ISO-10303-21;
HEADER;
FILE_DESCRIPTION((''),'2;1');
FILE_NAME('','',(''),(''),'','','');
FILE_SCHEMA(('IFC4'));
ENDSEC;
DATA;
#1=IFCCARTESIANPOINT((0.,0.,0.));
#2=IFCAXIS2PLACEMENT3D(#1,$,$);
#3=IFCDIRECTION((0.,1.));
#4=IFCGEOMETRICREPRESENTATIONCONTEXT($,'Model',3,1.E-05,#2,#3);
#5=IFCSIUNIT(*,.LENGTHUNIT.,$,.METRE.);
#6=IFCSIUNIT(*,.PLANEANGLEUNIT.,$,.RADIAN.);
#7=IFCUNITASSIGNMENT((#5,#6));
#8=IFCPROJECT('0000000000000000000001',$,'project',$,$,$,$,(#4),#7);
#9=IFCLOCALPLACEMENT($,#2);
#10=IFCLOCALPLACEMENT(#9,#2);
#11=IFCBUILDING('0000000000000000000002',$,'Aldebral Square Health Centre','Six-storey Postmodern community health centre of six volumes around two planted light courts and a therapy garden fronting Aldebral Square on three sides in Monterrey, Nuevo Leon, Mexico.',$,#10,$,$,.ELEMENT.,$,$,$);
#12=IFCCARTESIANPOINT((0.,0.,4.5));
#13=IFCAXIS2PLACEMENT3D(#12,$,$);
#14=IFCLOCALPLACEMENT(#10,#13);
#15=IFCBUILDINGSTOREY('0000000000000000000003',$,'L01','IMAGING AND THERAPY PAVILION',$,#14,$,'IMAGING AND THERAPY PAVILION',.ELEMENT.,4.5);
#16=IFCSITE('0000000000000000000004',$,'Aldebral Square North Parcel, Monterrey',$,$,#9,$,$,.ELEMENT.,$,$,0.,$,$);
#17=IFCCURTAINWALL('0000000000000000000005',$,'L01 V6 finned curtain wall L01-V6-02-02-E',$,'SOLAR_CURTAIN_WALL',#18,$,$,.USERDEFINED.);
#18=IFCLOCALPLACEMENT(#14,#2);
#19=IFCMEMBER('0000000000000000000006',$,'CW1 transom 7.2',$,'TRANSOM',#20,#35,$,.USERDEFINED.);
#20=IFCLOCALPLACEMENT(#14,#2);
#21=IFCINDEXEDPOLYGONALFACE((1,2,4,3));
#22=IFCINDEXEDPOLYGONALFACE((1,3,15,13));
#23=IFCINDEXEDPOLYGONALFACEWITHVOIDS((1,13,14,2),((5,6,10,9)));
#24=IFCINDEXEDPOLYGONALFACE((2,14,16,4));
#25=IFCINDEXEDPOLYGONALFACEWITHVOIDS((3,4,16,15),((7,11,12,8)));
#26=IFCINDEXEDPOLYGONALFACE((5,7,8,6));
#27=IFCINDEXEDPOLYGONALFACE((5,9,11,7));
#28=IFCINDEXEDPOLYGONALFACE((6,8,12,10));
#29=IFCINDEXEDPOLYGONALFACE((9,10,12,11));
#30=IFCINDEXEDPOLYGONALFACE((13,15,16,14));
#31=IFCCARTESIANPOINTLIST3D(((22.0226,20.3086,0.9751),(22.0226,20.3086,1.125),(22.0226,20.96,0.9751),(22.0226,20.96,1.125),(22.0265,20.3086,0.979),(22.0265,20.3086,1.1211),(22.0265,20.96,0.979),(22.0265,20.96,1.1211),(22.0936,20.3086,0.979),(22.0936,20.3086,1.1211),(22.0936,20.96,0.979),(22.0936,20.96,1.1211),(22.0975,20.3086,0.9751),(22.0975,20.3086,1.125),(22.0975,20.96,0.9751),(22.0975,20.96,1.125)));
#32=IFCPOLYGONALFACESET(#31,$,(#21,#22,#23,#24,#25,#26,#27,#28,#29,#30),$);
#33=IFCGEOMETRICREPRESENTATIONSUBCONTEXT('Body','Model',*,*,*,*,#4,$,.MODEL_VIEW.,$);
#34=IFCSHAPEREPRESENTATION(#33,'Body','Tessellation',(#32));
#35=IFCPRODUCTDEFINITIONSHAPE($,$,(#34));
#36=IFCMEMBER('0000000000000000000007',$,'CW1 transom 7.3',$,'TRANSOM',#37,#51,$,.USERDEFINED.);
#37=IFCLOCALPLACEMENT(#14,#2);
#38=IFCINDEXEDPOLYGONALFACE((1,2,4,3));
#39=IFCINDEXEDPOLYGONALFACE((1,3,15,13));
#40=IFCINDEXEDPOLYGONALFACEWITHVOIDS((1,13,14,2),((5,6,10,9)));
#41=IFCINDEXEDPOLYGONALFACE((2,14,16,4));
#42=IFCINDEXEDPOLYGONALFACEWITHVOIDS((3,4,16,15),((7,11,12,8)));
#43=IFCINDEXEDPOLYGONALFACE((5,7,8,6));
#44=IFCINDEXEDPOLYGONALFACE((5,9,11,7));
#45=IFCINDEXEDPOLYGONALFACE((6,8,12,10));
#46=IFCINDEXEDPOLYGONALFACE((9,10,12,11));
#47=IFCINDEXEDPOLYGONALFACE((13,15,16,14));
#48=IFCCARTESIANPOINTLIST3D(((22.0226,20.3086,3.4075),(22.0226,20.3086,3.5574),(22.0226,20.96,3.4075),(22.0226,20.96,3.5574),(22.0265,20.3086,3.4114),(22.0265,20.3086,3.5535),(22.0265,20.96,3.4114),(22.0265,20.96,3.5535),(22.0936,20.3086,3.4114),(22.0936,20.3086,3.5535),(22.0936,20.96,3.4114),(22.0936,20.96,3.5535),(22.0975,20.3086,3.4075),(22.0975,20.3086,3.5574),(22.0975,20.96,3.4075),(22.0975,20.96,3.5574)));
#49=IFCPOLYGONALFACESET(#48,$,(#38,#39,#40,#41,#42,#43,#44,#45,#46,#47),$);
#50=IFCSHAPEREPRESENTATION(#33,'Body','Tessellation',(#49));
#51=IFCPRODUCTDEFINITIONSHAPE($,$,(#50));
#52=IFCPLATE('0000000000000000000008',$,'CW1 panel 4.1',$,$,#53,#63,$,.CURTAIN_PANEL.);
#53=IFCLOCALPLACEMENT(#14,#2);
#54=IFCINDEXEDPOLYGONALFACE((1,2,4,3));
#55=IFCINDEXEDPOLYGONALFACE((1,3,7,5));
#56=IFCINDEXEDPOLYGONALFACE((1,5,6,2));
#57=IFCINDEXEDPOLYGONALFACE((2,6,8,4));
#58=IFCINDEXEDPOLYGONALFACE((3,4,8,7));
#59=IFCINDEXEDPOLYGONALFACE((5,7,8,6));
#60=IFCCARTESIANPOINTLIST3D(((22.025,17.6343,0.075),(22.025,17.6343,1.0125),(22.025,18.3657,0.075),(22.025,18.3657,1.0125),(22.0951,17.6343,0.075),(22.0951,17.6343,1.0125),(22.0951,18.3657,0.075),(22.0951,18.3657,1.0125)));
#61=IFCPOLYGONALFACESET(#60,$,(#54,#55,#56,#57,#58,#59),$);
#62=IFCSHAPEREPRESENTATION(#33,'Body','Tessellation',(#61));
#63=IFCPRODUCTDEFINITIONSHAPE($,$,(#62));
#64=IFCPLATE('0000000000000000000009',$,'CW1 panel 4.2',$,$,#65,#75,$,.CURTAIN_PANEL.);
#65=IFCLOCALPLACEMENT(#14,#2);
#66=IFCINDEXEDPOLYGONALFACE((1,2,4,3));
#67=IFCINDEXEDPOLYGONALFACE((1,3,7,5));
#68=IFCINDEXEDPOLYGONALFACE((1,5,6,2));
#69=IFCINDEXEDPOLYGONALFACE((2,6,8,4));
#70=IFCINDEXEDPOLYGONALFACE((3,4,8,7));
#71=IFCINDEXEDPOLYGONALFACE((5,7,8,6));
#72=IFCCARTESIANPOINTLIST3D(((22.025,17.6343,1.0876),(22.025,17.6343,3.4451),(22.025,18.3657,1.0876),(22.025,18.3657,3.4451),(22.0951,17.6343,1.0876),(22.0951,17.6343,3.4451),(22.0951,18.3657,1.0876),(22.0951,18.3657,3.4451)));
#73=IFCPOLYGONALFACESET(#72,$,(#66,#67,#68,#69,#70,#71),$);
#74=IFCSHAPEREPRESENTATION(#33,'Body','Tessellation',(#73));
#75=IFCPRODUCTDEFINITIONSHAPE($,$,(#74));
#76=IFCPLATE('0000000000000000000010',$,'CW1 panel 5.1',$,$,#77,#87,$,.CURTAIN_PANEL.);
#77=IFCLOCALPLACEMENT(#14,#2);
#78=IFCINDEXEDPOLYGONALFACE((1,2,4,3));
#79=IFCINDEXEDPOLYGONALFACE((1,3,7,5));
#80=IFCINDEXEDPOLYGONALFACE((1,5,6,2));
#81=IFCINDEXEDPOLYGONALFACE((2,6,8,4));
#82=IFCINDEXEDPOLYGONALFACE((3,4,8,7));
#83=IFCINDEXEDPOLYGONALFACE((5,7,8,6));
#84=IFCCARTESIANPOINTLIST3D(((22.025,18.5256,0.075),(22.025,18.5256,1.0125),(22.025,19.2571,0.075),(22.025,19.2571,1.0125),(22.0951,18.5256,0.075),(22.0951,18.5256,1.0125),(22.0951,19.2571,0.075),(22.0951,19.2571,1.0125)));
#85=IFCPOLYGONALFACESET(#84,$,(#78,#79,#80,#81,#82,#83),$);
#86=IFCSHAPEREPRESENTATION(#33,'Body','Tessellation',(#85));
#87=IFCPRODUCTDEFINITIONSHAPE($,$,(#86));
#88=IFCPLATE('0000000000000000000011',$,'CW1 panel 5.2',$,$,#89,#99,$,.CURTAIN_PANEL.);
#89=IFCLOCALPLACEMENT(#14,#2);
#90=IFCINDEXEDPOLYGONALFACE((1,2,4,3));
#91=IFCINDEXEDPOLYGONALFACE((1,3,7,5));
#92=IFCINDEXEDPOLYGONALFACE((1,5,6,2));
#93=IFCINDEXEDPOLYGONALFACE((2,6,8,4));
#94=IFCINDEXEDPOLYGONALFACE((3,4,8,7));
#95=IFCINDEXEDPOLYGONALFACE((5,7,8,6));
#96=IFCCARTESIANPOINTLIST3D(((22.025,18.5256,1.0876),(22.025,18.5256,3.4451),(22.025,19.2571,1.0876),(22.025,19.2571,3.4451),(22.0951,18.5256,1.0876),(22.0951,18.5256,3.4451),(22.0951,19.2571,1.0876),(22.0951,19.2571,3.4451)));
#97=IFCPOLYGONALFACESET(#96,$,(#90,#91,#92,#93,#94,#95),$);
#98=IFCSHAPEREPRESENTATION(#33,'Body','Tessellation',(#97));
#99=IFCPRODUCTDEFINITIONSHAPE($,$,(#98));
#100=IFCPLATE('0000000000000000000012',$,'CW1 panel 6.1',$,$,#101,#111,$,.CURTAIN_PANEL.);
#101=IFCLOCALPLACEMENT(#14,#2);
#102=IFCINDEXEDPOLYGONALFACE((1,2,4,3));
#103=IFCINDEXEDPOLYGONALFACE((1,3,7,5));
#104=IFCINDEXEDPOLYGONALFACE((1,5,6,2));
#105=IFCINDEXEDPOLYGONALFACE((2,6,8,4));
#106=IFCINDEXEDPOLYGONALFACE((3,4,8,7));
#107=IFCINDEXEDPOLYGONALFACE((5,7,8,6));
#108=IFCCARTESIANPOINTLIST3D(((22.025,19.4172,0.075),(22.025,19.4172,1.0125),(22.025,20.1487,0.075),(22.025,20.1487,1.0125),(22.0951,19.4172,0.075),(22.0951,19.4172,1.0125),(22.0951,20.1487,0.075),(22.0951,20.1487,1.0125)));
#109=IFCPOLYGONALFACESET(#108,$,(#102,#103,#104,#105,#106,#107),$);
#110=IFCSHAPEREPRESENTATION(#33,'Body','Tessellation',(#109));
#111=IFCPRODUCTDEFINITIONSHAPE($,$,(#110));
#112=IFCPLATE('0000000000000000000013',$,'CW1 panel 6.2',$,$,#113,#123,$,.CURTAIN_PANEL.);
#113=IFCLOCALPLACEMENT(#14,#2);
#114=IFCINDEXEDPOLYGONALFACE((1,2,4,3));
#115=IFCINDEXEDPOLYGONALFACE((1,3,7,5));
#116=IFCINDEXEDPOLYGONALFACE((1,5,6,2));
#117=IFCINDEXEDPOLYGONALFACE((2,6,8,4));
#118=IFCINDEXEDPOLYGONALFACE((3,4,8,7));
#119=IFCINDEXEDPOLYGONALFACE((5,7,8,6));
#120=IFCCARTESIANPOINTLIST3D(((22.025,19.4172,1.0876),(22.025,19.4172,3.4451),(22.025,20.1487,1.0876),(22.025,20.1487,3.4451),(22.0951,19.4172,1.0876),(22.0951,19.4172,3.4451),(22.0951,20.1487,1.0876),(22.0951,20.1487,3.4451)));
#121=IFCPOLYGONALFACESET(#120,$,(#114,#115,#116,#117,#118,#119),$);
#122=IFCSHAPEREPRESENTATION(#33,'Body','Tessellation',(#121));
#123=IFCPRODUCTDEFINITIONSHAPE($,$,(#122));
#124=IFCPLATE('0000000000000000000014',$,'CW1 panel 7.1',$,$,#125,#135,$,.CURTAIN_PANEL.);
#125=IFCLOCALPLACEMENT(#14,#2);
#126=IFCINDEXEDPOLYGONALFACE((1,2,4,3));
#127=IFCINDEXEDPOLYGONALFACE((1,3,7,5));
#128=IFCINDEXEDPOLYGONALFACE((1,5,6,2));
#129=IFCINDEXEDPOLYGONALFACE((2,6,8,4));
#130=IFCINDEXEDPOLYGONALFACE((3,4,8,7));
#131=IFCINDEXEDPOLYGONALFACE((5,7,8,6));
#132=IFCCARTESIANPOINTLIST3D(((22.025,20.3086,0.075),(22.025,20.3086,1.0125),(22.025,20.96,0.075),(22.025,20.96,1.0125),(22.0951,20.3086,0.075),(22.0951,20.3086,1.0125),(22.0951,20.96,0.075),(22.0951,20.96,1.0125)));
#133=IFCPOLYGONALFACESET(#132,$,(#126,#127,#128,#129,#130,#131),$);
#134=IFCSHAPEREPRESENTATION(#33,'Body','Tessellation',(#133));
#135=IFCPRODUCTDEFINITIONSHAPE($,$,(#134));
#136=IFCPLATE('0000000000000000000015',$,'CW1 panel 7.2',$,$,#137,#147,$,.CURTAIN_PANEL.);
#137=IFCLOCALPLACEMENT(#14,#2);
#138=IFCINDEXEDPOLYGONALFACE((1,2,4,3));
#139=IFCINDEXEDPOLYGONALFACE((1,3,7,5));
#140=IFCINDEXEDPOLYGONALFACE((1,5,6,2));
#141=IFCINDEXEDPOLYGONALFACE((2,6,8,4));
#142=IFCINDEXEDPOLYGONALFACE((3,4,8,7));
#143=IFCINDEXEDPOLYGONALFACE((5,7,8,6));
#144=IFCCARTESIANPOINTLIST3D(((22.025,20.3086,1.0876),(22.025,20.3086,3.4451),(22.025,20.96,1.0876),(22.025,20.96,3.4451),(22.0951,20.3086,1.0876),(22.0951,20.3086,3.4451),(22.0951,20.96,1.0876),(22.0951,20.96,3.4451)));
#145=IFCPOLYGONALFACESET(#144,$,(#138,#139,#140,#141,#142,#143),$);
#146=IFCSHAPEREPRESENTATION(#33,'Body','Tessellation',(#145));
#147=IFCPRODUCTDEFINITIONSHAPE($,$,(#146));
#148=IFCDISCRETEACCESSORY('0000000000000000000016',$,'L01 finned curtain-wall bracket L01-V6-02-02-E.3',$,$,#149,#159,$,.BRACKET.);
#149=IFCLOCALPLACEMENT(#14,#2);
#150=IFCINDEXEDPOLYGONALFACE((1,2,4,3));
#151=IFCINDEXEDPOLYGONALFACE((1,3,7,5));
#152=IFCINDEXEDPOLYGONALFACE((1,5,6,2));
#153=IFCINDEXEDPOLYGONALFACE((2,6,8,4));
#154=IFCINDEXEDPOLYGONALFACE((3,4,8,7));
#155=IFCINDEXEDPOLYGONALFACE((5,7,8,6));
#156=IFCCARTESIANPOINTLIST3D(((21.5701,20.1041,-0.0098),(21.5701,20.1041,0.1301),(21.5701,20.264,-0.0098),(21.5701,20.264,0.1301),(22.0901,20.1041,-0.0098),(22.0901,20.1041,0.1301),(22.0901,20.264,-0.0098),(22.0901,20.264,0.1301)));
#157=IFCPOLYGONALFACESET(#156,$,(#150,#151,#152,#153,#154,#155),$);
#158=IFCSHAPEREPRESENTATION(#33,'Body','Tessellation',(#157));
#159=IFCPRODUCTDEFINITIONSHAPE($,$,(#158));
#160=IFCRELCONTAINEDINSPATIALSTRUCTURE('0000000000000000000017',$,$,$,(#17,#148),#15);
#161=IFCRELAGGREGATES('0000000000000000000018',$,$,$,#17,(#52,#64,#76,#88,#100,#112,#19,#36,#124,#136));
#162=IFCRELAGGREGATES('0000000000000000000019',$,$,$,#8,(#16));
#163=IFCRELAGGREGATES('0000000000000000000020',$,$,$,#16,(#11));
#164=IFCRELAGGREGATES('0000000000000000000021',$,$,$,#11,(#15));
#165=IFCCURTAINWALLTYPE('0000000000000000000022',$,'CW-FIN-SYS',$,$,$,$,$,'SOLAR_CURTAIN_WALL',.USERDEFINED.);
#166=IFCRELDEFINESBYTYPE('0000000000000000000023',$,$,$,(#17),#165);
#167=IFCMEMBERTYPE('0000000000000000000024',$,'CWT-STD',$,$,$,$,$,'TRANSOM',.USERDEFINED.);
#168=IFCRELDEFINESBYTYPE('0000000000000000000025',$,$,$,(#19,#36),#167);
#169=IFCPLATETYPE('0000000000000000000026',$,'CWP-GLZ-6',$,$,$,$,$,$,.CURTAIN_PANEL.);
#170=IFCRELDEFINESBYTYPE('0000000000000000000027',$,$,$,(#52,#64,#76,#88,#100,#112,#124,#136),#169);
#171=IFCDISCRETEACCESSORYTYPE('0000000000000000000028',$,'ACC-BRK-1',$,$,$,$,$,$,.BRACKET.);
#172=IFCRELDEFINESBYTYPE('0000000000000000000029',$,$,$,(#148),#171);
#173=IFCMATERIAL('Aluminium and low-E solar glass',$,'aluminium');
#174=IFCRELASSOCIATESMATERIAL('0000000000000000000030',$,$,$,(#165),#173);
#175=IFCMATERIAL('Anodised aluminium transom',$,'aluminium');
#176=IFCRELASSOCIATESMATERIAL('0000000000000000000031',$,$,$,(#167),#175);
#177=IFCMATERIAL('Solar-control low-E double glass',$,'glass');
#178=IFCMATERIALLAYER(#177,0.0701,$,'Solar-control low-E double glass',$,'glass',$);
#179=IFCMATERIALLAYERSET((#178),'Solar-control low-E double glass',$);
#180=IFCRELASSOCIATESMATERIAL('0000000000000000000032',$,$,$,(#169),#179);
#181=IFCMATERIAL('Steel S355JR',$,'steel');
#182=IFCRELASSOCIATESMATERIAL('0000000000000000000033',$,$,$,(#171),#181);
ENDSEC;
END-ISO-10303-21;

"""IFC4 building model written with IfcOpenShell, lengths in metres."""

from ifc_helpers import new_model, si_unit, direction, frame, origin, origin_2d, place, context, subcontext, project, spatial, rectangle, hollow_rectangle, extrude, material, layer, layer_set, material_profile, profile_set, type_object, element, aggregate, save


model = new_model("IFC4")

# Units and contexts
model_context = context("Model", 3, precision=1e-05, world=origin(), true_north=direction((0.0, 1.0)))
body_context = subcontext(model_context, "Body", "Model", "MODEL_VIEW")
ifc_project = project(units=[si_unit("LENGTHUNIT", "METRE"), si_unit("PLANEANGLEUNIT", "RADIAN")], contexts=[model_context])

# Site, building, storey
site_placement = place(None, origin())
site = spatial("IfcSite", under=ifc_project, at=site_placement, Name="Aldebral Square North Parcel, Monterrey", CompositionType="ELEMENT", RefElevation=0.0)
building_placement = place(site_placement, origin())
building = spatial("IfcBuilding", under=site, at=building_placement, Name="Aldebral Square Health Centre", Description="Six-storey Postmodern community health centre of six volumes around two planted light courts and a therapy garden fronting Aldebral Square on three sides in Monterrey, Nuevo Leon, Mexico.", CompositionType="ELEMENT")
storey_placement = place(building_placement, frame((0.0, 0.0, 4.5)))
storey = spatial("IfcBuildingStorey", under=building, at=storey_placement, Name="L01", Description="IMAGING AND THERAPY PAVILION", LongName="IMAGING AND THERAPY PAVILION", CompositionType="ELEMENT", Elevation=4.5)

# Curtain wall, members, plates
ifc_material_1 = material(Name="Aluminium and low-E solar glass", Category="aluminium")
curtain_wall_type = type_object("IfcCurtainWallType", Name="CW-FIN-SYS", ElementType="SOLAR_CURTAIN_WALL", PredefinedType="USERDEFINED", material=ifc_material_1)
curtain_wall_placement = place(storey_placement, origin())
curtain_wall = element("IfcCurtainWall", 1, at=curtain_wall_placement, inside=storey, type_object=curtain_wall_type, Name="L01 V6 finned curtain wall L01-V6-02-02-E", ObjectType="SOLAR_CURTAIN_WALL", PredefinedType="USERDEFINED")
ifc_material_2 = material(Name="Anodised aluminium transom", Category="aluminium")
ifc_material_profile_1 = material_profile(ifc_material_2, hollow_rectangle(XDim=0.075, YDim=0.1499, WallThickness=0.0039, at=origin_2d()), Name="CWT 75x150x4")
ifc_profile_set_1 = profile_set([ifc_material_profile_1], Name="Anodised aluminium transom")
member_type_1 = type_object("IfcMemberType", Name="CWT-STD", ElementType="TRANSOM", PredefinedType="USERDEFINED", material=ifc_profile_set_1)
member_1_placement = place(storey_placement, frame((22.0601, 20.3086, 1.05), z_axis=(0.0, 1.0, 0.0), x_axis=(-1.0, 0.0, 0.0)))
member_1 = element("IfcMember", 2, at=member_1_placement, type_object=member_type_1, Name="CW1 transom 7.2", ObjectType="TRANSOM", PredefinedType="USERDEFINED", context=body_context, shape_type="SweptSolid", body=[
    extrude(hollow_rectangle(XDim=0.075, YDim=0.1499, WallThickness=0.0039, at=origin_2d()), origin(), (0.0, 0.0, 1.0), 0.6514),
])
member_2_placement = place(storey_placement, frame((22.0601, 20.3086, 3.4824), z_axis=(0.0, 1.0, 0.0), x_axis=(-1.0, 0.0, 0.0)))
member_2 = element("IfcMember", 3, at=member_2_placement, type_object=member_type_1, Name="CW1 transom 7.3", ObjectType="TRANSOM", PredefinedType="USERDEFINED", context=body_context, shape_type="SweptSolid", body=[
    extrude(hollow_rectangle(XDim=0.075, YDim=0.1499, WallThickness=0.0039, at=origin_2d()), origin(), (0.0, 0.0, 1.0), 0.6514),
])
ifc_material_3 = material(Name="Solar-control low-E double glass", Category="glass")
ifc_layer = layer(ifc_material_3, 0.0701, Name="Solar-control low-E double glass", Category="glass")
ifc_layer_set = layer_set([ifc_layer], Name="Solar-control low-E double glass")
plate_type = type_object("IfcPlateType", Name="CWP-GLZ-6", PredefinedType="CURTAIN_PANEL", material=ifc_layer_set)
plate_1_placement = place(storey_placement, frame((22.0601, 18.0, 0.075), z_axis=(0.0, 0.0, 1.0), x_axis=(0.0, 1.0, 0.0)))
plate_1 = element("IfcPlate", 4, at=plate_1_placement, type_object=plate_type, Name="CW1 panel 4.1", PredefinedType="CURTAIN_PANEL", context=body_context, shape_type="SweptSolid", body=[
    extrude(rectangle(XDim=0.7314, YDim=0.0701, at=origin_2d()), origin(), (0.0, 0.0, 1.0), 0.9375),
])
plate_2_placement = place(storey_placement, frame((22.0601, 18.0, 1.0876), z_axis=(0.0, 0.0, 1.0), x_axis=(0.0, 1.0, 0.0)))
plate_2 = element("IfcPlate", 5, at=plate_2_placement, type_object=plate_type, Name="CW1 panel 4.2", PredefinedType="CURTAIN_PANEL", context=body_context, shape_type="SweptSolid", body=[
    extrude(rectangle(XDim=0.7314, YDim=0.0701, at=origin_2d()), origin(), (0.0, 0.0, 1.0), 2.3574),
])
plate_3_placement = place(storey_placement, frame((22.0601, 18.8914, 0.075), z_axis=(0.0, 0.0, 1.0), x_axis=(0.0, 1.0, 0.0)))
plate_3 = element("IfcPlate", 6, at=plate_3_placement, type_object=plate_type, Name="CW1 panel 5.1", PredefinedType="CURTAIN_PANEL", context=body_context, shape_type="SweptSolid", body=[
    extrude(rectangle(XDim=0.7314, YDim=0.0701, at=origin_2d()), origin(), (0.0, 0.0, 1.0), 0.9375),
])
plate_4_placement = place(storey_placement, frame((22.0601, 18.8914, 1.0876), z_axis=(0.0, 0.0, 1.0), x_axis=(0.0, 1.0, 0.0)))
plate_4 = element("IfcPlate", 7, at=plate_4_placement, type_object=plate_type, Name="CW1 panel 5.2", PredefinedType="CURTAIN_PANEL", context=body_context, shape_type="SweptSolid", body=[
    extrude(rectangle(XDim=0.7314, YDim=0.0701, at=origin_2d()), origin(), (0.0, 0.0, 1.0), 2.3574),
])
plate_5_placement = place(storey_placement, frame((22.0601, 19.783, 0.075), z_axis=(0.0, 0.0, 1.0), x_axis=(0.0, 1.0, 0.0)))
plate_5 = element("IfcPlate", 8, at=plate_5_placement, type_object=plate_type, Name="CW1 panel 6.1", PredefinedType="CURTAIN_PANEL", context=body_context, shape_type="SweptSolid", body=[
    extrude(rectangle(XDim=0.7314, YDim=0.0701, at=origin_2d()), origin(), (0.0, 0.0, 1.0), 0.9375),
])
plate_6_placement = place(storey_placement, frame((22.0601, 19.783, 1.0876), z_axis=(0.0, 0.0, 1.0), x_axis=(0.0, 1.0, 0.0)))
plate_6 = element("IfcPlate", 9, at=plate_6_placement, type_object=plate_type, Name="CW1 panel 6.2", PredefinedType="CURTAIN_PANEL", context=body_context, shape_type="SweptSolid", body=[
    extrude(rectangle(XDim=0.7314, YDim=0.0701, at=origin_2d()), origin(), (0.0, 0.0, 1.0), 2.3574),
])
plate_7_placement = place(storey_placement, frame((22.0601, 20.6343, 0.075), z_axis=(0.0, 0.0, 1.0), x_axis=(0.0, 1.0, 0.0)))
plate_7 = element("IfcPlate", 10, at=plate_7_placement, type_object=plate_type, Name="CW1 panel 7.1", PredefinedType="CURTAIN_PANEL", context=body_context, shape_type="SweptSolid", body=[
    extrude(rectangle(XDim=0.6514, YDim=0.0701, at=origin_2d()), origin(), (0.0, 0.0, 1.0), 0.9375),
])
plate_8_placement = place(storey_placement, frame((22.0601, 20.6343, 1.0876), z_axis=(0.0, 0.0, 1.0), x_axis=(0.0, 1.0, 0.0)))
plate_8 = element("IfcPlate", 11, at=plate_8_placement, type_object=plate_type, Name="CW1 panel 7.2", PredefinedType="CURTAIN_PANEL", context=body_context, shape_type="SweptSolid", body=[
    extrude(rectangle(XDim=0.6514, YDim=0.0701, at=origin_2d()), origin(), (0.0, 0.0, 1.0), 2.3574),
])
aggregate(curtain_wall, [plate_1, plate_2, plate_3, plate_4, plate_5, plate_6, member_1, member_2, plate_7, plate_8])

# Discrete accessory
ifc_material_4 = material(Name="Steel S355JR", Category="steel")
discrete_accessory_type = type_object("IfcDiscreteAccessoryType", Name="ACC-BRK-1", PredefinedType="BRACKET", material=ifc_material_4)
discrete_accessory_placement = place(storey_placement, frame((21.8301, 20.1841, -0.0098), z_axis=(0.0, 0.0, 1.0), x_axis=(0.0, 1.0, 0.0)))
element("IfcDiscreteAccessory", 12, at=discrete_accessory_placement, inside=storey, type_object=discrete_accessory_type, Name="L01 finned curtain-wall bracket L01-V6-02-02-E.3", PredefinedType="BRACKET", context=body_context, shape_type="SweptSolid", body=[
    extrude(rectangle(XDim=0.1599, YDim=0.52, at=origin_2d()), origin(), (0.0, 0.0, 1.0), 0.1399),
])

save(model, "model.ifc")
